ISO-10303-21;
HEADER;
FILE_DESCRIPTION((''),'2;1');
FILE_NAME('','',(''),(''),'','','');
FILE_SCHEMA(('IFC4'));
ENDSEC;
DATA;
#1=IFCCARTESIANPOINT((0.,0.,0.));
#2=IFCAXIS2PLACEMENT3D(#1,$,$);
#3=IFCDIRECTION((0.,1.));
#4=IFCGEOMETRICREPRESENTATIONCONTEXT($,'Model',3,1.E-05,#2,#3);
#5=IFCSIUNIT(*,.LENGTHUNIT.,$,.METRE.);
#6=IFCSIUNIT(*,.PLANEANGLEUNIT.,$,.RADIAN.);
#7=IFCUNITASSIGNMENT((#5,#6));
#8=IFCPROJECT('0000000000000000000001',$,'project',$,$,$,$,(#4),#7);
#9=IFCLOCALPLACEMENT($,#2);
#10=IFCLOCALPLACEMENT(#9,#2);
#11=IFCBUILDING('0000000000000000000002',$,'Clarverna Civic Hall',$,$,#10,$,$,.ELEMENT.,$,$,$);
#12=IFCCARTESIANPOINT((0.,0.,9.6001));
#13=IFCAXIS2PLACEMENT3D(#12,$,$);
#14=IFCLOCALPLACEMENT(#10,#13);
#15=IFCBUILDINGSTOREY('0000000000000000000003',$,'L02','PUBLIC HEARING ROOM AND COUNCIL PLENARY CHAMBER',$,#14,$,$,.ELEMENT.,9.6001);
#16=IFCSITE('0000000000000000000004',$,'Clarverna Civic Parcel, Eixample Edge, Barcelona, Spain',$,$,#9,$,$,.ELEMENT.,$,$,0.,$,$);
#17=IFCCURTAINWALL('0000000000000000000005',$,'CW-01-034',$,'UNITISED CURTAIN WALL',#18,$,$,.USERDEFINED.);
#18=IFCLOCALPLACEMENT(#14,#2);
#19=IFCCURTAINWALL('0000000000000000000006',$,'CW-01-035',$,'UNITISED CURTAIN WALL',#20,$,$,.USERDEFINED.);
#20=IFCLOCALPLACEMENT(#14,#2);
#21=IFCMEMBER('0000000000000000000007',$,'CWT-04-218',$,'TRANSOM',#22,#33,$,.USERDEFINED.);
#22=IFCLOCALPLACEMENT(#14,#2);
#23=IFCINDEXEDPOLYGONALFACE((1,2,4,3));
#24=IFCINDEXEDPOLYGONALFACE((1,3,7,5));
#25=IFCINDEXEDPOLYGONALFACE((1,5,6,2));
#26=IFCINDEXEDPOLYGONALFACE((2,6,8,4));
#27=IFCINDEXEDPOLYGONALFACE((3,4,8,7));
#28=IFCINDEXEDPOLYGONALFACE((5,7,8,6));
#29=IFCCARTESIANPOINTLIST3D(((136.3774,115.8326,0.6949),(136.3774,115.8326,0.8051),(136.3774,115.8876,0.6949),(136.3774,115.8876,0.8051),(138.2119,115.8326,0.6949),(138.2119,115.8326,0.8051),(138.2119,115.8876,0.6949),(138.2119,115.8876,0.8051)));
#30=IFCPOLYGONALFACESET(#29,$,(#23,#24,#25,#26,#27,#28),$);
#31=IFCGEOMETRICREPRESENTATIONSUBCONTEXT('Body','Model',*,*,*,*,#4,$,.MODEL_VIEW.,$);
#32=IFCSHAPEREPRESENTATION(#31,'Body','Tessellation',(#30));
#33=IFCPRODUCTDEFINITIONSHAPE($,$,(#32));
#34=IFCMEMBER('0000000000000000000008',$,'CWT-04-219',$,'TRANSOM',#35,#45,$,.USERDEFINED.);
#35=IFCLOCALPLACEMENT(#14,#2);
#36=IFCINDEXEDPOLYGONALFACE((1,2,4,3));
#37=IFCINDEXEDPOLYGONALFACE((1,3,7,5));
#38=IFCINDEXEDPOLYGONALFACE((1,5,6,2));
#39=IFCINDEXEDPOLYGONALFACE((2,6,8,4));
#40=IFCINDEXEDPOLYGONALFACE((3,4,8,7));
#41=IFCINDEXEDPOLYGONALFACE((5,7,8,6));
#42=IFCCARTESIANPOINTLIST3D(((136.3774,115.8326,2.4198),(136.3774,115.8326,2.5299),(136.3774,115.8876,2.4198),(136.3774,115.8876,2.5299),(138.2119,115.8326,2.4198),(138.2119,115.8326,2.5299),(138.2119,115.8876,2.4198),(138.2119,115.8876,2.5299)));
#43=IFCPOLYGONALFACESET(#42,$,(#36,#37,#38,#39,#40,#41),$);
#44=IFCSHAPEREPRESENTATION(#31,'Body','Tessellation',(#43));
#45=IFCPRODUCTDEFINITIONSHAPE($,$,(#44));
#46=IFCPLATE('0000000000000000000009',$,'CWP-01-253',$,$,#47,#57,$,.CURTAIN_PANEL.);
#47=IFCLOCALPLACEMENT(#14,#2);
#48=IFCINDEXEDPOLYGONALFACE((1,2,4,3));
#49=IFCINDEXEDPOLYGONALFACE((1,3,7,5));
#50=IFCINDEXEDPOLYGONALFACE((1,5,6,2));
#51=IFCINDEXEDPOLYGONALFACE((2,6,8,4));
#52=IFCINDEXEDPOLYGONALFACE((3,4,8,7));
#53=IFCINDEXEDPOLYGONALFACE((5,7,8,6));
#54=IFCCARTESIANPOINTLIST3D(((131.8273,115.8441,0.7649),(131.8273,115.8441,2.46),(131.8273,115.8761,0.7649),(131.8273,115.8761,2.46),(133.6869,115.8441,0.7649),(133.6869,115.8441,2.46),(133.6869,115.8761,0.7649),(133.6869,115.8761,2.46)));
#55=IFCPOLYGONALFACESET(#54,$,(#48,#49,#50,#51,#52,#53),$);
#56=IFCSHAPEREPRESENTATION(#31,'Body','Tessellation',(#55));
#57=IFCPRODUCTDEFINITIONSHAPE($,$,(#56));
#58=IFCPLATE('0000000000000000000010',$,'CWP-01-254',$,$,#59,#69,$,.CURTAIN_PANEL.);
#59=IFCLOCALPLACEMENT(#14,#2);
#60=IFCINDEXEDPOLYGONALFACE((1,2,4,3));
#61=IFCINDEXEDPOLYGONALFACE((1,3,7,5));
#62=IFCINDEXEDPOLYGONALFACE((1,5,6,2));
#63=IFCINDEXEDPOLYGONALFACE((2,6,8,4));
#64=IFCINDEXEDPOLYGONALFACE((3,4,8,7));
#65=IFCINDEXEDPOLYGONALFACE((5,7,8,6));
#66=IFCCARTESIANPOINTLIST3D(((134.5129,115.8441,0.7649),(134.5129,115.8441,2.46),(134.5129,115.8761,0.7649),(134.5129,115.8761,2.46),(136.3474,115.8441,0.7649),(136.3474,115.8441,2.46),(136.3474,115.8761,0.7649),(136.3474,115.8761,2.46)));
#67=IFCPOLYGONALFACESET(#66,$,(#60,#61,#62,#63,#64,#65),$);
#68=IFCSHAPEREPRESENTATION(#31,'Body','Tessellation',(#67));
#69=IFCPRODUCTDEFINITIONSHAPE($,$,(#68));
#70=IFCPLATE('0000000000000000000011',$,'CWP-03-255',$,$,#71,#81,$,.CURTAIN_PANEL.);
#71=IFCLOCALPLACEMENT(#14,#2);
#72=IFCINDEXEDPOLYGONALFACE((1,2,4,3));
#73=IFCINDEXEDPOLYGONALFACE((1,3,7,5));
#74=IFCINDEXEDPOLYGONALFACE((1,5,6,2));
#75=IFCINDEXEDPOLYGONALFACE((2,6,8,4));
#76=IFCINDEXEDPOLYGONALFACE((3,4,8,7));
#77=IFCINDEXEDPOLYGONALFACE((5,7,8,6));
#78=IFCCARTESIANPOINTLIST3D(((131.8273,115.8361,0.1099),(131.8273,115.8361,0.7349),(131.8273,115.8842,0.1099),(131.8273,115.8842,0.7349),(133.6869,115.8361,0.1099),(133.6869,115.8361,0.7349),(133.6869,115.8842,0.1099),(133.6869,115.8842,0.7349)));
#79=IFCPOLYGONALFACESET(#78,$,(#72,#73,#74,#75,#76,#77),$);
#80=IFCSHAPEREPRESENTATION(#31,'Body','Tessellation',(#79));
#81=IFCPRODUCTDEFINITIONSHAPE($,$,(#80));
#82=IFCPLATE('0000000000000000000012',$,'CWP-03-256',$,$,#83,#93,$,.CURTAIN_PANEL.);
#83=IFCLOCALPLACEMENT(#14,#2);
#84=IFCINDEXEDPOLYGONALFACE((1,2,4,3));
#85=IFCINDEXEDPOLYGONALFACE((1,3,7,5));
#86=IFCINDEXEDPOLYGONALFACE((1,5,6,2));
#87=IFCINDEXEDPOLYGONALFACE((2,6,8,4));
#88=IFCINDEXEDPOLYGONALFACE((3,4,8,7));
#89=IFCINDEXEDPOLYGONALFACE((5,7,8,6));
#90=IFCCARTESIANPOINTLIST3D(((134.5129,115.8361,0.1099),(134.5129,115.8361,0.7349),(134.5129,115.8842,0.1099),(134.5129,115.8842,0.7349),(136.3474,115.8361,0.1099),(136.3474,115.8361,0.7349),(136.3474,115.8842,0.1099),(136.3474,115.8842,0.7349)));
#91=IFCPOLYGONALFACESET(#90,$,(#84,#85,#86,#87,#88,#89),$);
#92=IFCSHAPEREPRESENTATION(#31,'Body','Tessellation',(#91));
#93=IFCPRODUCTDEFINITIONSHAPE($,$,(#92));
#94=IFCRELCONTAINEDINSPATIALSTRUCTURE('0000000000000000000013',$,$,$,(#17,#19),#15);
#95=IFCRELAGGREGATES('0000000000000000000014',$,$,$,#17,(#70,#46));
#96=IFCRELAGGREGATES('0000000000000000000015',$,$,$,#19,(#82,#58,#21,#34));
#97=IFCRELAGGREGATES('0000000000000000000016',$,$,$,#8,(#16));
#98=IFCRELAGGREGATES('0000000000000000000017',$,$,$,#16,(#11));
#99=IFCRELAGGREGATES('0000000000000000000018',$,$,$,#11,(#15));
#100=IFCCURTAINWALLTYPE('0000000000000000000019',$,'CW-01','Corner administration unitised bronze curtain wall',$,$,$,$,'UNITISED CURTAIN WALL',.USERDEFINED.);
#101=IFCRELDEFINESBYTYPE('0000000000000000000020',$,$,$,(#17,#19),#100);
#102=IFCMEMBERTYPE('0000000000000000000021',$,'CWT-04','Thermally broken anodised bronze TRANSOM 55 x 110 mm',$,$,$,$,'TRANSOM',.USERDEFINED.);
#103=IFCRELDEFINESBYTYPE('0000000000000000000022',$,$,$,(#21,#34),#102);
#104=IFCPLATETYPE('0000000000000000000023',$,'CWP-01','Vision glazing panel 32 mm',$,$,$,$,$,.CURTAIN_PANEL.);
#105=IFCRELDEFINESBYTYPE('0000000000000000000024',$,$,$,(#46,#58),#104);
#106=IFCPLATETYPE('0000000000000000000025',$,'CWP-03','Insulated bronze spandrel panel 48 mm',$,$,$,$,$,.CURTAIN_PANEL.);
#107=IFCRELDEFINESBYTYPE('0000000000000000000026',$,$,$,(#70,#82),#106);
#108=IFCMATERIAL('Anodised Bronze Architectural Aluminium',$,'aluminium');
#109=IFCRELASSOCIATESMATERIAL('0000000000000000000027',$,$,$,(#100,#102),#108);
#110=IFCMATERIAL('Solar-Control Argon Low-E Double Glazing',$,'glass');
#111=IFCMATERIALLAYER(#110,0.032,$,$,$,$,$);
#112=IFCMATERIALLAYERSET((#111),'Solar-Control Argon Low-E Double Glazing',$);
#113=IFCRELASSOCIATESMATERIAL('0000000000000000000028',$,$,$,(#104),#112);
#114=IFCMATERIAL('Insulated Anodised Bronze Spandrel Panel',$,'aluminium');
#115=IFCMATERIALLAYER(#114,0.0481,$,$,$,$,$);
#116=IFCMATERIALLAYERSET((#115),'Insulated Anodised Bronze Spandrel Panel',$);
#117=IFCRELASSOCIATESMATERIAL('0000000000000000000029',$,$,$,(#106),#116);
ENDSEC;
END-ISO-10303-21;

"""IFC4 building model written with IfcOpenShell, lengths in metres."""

from ifc_helpers import new_model, si_unit, direction, frame, frame_2d, origin, origin_2d, place, context, subcontext, project, spatial, rectangle, extrude, material, layer, layer_set, material_profile, profile_set, type_object, element, aggregate, save


model = new_model("IFC4")

# Units and contexts
model_context = context("Model", 3, precision=1e-05, world=origin(), true_north=direction((0.0, 1.0)))
body_context = subcontext(model_context, "Body", "Model", "MODEL_VIEW")
ifc_project = project(units=[si_unit("LENGTHUNIT", "METRE"), si_unit("PLANEANGLEUNIT", "RADIAN")], contexts=[model_context])

# Site, building, storey
site_placement = place(None, origin())
site = spatial("IfcSite", under=ifc_project, at=site_placement, Name="Clarverna Civic Parcel, Eixample Edge, Barcelona, Spain", CompositionType="ELEMENT", RefElevation=0.0)
building_placement = place(site_placement, origin())
building = spatial("IfcBuilding", under=site, at=building_placement, Name="Clarverna Civic Hall", CompositionType="ELEMENT")
storey_placement = place(building_placement, frame((0.0, 0.0, 9.6001)))
storey = spatial("IfcBuildingStorey", under=building, at=storey_placement, Name="L02", Description="PUBLIC HEARING ROOM AND COUNCIL PLENARY CHAMBER", CompositionType="ELEMENT", Elevation=9.6001)

# Curtain walls
ifc_material_1 = material(Name="Anodised Bronze Architectural Aluminium", Category="aluminium")
curtain_wall_type = type_object("IfcCurtainWallType", Name="CW-01", Description="Corner administration unitised bronze curtain wall", ElementType="UNITISED CURTAIN WALL", PredefinedType="USERDEFINED", material=ifc_material_1)
curtain_wall_1_placement = place(storey_placement, origin())
curtain_wall_1 = element("IfcCurtainWall", 1, at=curtain_wall_1_placement, inside=storey, type_object=curtain_wall_type, Name="CW-01-034", ObjectType="UNITISED CURTAIN WALL", PredefinedType="USERDEFINED")
curtain_wall_2_placement = place(storey_placement, origin())
curtain_wall_2 = element("IfcCurtainWall", 2, at=curtain_wall_2_placement, inside=storey, type_object=curtain_wall_type, Name="CW-01-035", ObjectType="UNITISED CURTAIN WALL", PredefinedType="USERDEFINED")

# Members
ifc_material_profile_1 = material_profile(ifc_material_1, rectangle(XDim=0.0549, YDim=0.1101, at=origin_2d()), Name="BRONZE 55x110")
ifc_profile_set_1 = profile_set([ifc_material_profile_1], Name="Anodised Bronze Architectural Aluminium")
member_type_1 = type_object("IfcMemberType", Name="CWT-04", Description="Thermally broken anodised bronze TRANSOM 55 x 110 mm", ElementType="TRANSOM", PredefinedType="USERDEFINED", material=ifc_profile_set_1)
member_1_placement = place(storey_placement, frame((136.3774, 115.8601, 0.75), z_axis=(1.0, 0.0, 0.0), x_axis=(0.0, 1.0, 0.0)))
member_1 = element("IfcMember", 3, at=member_1_placement, type_object=member_type_1, Name="CWT-04-218", ObjectType="TRANSOM", PredefinedType="USERDEFINED", context=body_context, shape_type="SweptSolid", body=[
    extrude(rectangle(XDim=0.0549, YDim=0.1101, at=origin_2d()), origin(), (0.0, 0.0, 1.0), 1.8345),
])
member_2_placement = place(storey_placement, frame((136.3774, 115.8601, 2.4749), z_axis=(1.0, 0.0, 0.0), x_axis=(0.0, 1.0, 0.0)))
member_2 = element("IfcMember", 4, at=member_2_placement, type_object=member_type_1, Name="CWT-04-219", ObjectType="TRANSOM", PredefinedType="USERDEFINED", context=body_context, shape_type="SweptSolid", body=[
    extrude(rectangle(XDim=0.0549, YDim=0.1101, at=origin_2d()), origin(), (0.0, 0.0, 1.0), 1.8345),
])

# Plates
ifc_material_2 = material(Name="Solar-Control Argon Low-E Double Glazing", Category="glass")
ifc_layer_1 = layer(ifc_material_2, 0.032)
ifc_layer_set_1 = layer_set([ifc_layer_1], Name="Solar-Control Argon Low-E Double Glazing")
plate_type_1 = type_object("IfcPlateType", Name="CWP-01", Description="Vision glazing panel 32 mm", PredefinedType="CURTAIN_PANEL", material=ifc_layer_set_1)
plate_1_placement = place(storey_placement, frame((131.8274, 115.8601, 0.7649), z_axis=(0.0, 0.0, 1.0), x_axis=(1.0, 0.0, 0.0)))
plate_1 = element("IfcPlate", 5, at=plate_1_placement, type_object=plate_type_1, Name="CWP-01-253", PredefinedType="CURTAIN_PANEL", context=body_context, shape_type="SweptSolid", body=[
    extrude(rectangle(XDim=1.8596, YDim=0.032, at=frame_2d((0.9297, 0.0))), origin(), (0.0, 0.0, 1.0), 1.6951),
])
plate_2_placement = place(storey_placement, frame((134.5129, 115.8601, 0.7649), z_axis=(0.0, 0.0, 1.0), x_axis=(1.0, 0.0, 0.0)))
plate_2 = element("IfcPlate", 6, at=plate_2_placement, type_object=plate_type_1, Name="CWP-01-254", PredefinedType="CURTAIN_PANEL", context=body_context, shape_type="SweptSolid", body=[
    extrude(rectangle(XDim=1.8345, YDim=0.032, at=frame_2d((0.9172, 0.0))), origin(), (0.0, 0.0, 1.0), 1.6951),
])
ifc_material_3 = material(Name="Insulated Anodised Bronze Spandrel Panel", Category="aluminium")
ifc_layer_2 = layer(ifc_material_3, 0.0481)
ifc_layer_set_2 = layer_set([ifc_layer_2], Name="Insulated Anodised Bronze Spandrel Panel")
plate_type_2 = type_object("IfcPlateType", Name="CWP-03", Description="Insulated bronze spandrel panel 48 mm", PredefinedType="CURTAIN_PANEL", material=ifc_layer_set_2)
plate_3_placement = place(storey_placement, frame((131.8274, 115.8601, 0.1099), z_axis=(0.0, 0.0, 1.0), x_axis=(1.0, 0.0, 0.0)))
plate_3 = element("IfcPlate", 7, at=plate_3_placement, type_object=plate_type_2, Name="CWP-03-255", PredefinedType="CURTAIN_PANEL", context=body_context, shape_type="SweptSolid", body=[
    extrude(rectangle(XDim=1.8596, YDim=0.0481, at=frame_2d((0.9297, 0.0))), origin(), (0.0, 0.0, 1.0), 0.625),
])
aggregate(curtain_wall_1, [plate_3, plate_1])
plate_4_placement = place(storey_placement, frame((134.5129, 115.8601, 0.1099), z_axis=(0.0, 0.0, 1.0), x_axis=(1.0, 0.0, 0.0)))
plate_4 = element("IfcPlate", 8, at=plate_4_placement, type_object=plate_type_2, Name="CWP-03-256", PredefinedType="CURTAIN_PANEL", context=body_context, shape_type="SweptSolid", body=[
    extrude(rectangle(XDim=1.8345, YDim=0.0481, at=frame_2d((0.9172, 0.0))), origin(), (0.0, 0.0, 1.0), 0.625),
])
aggregate(curtain_wall_2, [plate_4, plate_2, member_1, member_2])

save(model, "model.ifc")
